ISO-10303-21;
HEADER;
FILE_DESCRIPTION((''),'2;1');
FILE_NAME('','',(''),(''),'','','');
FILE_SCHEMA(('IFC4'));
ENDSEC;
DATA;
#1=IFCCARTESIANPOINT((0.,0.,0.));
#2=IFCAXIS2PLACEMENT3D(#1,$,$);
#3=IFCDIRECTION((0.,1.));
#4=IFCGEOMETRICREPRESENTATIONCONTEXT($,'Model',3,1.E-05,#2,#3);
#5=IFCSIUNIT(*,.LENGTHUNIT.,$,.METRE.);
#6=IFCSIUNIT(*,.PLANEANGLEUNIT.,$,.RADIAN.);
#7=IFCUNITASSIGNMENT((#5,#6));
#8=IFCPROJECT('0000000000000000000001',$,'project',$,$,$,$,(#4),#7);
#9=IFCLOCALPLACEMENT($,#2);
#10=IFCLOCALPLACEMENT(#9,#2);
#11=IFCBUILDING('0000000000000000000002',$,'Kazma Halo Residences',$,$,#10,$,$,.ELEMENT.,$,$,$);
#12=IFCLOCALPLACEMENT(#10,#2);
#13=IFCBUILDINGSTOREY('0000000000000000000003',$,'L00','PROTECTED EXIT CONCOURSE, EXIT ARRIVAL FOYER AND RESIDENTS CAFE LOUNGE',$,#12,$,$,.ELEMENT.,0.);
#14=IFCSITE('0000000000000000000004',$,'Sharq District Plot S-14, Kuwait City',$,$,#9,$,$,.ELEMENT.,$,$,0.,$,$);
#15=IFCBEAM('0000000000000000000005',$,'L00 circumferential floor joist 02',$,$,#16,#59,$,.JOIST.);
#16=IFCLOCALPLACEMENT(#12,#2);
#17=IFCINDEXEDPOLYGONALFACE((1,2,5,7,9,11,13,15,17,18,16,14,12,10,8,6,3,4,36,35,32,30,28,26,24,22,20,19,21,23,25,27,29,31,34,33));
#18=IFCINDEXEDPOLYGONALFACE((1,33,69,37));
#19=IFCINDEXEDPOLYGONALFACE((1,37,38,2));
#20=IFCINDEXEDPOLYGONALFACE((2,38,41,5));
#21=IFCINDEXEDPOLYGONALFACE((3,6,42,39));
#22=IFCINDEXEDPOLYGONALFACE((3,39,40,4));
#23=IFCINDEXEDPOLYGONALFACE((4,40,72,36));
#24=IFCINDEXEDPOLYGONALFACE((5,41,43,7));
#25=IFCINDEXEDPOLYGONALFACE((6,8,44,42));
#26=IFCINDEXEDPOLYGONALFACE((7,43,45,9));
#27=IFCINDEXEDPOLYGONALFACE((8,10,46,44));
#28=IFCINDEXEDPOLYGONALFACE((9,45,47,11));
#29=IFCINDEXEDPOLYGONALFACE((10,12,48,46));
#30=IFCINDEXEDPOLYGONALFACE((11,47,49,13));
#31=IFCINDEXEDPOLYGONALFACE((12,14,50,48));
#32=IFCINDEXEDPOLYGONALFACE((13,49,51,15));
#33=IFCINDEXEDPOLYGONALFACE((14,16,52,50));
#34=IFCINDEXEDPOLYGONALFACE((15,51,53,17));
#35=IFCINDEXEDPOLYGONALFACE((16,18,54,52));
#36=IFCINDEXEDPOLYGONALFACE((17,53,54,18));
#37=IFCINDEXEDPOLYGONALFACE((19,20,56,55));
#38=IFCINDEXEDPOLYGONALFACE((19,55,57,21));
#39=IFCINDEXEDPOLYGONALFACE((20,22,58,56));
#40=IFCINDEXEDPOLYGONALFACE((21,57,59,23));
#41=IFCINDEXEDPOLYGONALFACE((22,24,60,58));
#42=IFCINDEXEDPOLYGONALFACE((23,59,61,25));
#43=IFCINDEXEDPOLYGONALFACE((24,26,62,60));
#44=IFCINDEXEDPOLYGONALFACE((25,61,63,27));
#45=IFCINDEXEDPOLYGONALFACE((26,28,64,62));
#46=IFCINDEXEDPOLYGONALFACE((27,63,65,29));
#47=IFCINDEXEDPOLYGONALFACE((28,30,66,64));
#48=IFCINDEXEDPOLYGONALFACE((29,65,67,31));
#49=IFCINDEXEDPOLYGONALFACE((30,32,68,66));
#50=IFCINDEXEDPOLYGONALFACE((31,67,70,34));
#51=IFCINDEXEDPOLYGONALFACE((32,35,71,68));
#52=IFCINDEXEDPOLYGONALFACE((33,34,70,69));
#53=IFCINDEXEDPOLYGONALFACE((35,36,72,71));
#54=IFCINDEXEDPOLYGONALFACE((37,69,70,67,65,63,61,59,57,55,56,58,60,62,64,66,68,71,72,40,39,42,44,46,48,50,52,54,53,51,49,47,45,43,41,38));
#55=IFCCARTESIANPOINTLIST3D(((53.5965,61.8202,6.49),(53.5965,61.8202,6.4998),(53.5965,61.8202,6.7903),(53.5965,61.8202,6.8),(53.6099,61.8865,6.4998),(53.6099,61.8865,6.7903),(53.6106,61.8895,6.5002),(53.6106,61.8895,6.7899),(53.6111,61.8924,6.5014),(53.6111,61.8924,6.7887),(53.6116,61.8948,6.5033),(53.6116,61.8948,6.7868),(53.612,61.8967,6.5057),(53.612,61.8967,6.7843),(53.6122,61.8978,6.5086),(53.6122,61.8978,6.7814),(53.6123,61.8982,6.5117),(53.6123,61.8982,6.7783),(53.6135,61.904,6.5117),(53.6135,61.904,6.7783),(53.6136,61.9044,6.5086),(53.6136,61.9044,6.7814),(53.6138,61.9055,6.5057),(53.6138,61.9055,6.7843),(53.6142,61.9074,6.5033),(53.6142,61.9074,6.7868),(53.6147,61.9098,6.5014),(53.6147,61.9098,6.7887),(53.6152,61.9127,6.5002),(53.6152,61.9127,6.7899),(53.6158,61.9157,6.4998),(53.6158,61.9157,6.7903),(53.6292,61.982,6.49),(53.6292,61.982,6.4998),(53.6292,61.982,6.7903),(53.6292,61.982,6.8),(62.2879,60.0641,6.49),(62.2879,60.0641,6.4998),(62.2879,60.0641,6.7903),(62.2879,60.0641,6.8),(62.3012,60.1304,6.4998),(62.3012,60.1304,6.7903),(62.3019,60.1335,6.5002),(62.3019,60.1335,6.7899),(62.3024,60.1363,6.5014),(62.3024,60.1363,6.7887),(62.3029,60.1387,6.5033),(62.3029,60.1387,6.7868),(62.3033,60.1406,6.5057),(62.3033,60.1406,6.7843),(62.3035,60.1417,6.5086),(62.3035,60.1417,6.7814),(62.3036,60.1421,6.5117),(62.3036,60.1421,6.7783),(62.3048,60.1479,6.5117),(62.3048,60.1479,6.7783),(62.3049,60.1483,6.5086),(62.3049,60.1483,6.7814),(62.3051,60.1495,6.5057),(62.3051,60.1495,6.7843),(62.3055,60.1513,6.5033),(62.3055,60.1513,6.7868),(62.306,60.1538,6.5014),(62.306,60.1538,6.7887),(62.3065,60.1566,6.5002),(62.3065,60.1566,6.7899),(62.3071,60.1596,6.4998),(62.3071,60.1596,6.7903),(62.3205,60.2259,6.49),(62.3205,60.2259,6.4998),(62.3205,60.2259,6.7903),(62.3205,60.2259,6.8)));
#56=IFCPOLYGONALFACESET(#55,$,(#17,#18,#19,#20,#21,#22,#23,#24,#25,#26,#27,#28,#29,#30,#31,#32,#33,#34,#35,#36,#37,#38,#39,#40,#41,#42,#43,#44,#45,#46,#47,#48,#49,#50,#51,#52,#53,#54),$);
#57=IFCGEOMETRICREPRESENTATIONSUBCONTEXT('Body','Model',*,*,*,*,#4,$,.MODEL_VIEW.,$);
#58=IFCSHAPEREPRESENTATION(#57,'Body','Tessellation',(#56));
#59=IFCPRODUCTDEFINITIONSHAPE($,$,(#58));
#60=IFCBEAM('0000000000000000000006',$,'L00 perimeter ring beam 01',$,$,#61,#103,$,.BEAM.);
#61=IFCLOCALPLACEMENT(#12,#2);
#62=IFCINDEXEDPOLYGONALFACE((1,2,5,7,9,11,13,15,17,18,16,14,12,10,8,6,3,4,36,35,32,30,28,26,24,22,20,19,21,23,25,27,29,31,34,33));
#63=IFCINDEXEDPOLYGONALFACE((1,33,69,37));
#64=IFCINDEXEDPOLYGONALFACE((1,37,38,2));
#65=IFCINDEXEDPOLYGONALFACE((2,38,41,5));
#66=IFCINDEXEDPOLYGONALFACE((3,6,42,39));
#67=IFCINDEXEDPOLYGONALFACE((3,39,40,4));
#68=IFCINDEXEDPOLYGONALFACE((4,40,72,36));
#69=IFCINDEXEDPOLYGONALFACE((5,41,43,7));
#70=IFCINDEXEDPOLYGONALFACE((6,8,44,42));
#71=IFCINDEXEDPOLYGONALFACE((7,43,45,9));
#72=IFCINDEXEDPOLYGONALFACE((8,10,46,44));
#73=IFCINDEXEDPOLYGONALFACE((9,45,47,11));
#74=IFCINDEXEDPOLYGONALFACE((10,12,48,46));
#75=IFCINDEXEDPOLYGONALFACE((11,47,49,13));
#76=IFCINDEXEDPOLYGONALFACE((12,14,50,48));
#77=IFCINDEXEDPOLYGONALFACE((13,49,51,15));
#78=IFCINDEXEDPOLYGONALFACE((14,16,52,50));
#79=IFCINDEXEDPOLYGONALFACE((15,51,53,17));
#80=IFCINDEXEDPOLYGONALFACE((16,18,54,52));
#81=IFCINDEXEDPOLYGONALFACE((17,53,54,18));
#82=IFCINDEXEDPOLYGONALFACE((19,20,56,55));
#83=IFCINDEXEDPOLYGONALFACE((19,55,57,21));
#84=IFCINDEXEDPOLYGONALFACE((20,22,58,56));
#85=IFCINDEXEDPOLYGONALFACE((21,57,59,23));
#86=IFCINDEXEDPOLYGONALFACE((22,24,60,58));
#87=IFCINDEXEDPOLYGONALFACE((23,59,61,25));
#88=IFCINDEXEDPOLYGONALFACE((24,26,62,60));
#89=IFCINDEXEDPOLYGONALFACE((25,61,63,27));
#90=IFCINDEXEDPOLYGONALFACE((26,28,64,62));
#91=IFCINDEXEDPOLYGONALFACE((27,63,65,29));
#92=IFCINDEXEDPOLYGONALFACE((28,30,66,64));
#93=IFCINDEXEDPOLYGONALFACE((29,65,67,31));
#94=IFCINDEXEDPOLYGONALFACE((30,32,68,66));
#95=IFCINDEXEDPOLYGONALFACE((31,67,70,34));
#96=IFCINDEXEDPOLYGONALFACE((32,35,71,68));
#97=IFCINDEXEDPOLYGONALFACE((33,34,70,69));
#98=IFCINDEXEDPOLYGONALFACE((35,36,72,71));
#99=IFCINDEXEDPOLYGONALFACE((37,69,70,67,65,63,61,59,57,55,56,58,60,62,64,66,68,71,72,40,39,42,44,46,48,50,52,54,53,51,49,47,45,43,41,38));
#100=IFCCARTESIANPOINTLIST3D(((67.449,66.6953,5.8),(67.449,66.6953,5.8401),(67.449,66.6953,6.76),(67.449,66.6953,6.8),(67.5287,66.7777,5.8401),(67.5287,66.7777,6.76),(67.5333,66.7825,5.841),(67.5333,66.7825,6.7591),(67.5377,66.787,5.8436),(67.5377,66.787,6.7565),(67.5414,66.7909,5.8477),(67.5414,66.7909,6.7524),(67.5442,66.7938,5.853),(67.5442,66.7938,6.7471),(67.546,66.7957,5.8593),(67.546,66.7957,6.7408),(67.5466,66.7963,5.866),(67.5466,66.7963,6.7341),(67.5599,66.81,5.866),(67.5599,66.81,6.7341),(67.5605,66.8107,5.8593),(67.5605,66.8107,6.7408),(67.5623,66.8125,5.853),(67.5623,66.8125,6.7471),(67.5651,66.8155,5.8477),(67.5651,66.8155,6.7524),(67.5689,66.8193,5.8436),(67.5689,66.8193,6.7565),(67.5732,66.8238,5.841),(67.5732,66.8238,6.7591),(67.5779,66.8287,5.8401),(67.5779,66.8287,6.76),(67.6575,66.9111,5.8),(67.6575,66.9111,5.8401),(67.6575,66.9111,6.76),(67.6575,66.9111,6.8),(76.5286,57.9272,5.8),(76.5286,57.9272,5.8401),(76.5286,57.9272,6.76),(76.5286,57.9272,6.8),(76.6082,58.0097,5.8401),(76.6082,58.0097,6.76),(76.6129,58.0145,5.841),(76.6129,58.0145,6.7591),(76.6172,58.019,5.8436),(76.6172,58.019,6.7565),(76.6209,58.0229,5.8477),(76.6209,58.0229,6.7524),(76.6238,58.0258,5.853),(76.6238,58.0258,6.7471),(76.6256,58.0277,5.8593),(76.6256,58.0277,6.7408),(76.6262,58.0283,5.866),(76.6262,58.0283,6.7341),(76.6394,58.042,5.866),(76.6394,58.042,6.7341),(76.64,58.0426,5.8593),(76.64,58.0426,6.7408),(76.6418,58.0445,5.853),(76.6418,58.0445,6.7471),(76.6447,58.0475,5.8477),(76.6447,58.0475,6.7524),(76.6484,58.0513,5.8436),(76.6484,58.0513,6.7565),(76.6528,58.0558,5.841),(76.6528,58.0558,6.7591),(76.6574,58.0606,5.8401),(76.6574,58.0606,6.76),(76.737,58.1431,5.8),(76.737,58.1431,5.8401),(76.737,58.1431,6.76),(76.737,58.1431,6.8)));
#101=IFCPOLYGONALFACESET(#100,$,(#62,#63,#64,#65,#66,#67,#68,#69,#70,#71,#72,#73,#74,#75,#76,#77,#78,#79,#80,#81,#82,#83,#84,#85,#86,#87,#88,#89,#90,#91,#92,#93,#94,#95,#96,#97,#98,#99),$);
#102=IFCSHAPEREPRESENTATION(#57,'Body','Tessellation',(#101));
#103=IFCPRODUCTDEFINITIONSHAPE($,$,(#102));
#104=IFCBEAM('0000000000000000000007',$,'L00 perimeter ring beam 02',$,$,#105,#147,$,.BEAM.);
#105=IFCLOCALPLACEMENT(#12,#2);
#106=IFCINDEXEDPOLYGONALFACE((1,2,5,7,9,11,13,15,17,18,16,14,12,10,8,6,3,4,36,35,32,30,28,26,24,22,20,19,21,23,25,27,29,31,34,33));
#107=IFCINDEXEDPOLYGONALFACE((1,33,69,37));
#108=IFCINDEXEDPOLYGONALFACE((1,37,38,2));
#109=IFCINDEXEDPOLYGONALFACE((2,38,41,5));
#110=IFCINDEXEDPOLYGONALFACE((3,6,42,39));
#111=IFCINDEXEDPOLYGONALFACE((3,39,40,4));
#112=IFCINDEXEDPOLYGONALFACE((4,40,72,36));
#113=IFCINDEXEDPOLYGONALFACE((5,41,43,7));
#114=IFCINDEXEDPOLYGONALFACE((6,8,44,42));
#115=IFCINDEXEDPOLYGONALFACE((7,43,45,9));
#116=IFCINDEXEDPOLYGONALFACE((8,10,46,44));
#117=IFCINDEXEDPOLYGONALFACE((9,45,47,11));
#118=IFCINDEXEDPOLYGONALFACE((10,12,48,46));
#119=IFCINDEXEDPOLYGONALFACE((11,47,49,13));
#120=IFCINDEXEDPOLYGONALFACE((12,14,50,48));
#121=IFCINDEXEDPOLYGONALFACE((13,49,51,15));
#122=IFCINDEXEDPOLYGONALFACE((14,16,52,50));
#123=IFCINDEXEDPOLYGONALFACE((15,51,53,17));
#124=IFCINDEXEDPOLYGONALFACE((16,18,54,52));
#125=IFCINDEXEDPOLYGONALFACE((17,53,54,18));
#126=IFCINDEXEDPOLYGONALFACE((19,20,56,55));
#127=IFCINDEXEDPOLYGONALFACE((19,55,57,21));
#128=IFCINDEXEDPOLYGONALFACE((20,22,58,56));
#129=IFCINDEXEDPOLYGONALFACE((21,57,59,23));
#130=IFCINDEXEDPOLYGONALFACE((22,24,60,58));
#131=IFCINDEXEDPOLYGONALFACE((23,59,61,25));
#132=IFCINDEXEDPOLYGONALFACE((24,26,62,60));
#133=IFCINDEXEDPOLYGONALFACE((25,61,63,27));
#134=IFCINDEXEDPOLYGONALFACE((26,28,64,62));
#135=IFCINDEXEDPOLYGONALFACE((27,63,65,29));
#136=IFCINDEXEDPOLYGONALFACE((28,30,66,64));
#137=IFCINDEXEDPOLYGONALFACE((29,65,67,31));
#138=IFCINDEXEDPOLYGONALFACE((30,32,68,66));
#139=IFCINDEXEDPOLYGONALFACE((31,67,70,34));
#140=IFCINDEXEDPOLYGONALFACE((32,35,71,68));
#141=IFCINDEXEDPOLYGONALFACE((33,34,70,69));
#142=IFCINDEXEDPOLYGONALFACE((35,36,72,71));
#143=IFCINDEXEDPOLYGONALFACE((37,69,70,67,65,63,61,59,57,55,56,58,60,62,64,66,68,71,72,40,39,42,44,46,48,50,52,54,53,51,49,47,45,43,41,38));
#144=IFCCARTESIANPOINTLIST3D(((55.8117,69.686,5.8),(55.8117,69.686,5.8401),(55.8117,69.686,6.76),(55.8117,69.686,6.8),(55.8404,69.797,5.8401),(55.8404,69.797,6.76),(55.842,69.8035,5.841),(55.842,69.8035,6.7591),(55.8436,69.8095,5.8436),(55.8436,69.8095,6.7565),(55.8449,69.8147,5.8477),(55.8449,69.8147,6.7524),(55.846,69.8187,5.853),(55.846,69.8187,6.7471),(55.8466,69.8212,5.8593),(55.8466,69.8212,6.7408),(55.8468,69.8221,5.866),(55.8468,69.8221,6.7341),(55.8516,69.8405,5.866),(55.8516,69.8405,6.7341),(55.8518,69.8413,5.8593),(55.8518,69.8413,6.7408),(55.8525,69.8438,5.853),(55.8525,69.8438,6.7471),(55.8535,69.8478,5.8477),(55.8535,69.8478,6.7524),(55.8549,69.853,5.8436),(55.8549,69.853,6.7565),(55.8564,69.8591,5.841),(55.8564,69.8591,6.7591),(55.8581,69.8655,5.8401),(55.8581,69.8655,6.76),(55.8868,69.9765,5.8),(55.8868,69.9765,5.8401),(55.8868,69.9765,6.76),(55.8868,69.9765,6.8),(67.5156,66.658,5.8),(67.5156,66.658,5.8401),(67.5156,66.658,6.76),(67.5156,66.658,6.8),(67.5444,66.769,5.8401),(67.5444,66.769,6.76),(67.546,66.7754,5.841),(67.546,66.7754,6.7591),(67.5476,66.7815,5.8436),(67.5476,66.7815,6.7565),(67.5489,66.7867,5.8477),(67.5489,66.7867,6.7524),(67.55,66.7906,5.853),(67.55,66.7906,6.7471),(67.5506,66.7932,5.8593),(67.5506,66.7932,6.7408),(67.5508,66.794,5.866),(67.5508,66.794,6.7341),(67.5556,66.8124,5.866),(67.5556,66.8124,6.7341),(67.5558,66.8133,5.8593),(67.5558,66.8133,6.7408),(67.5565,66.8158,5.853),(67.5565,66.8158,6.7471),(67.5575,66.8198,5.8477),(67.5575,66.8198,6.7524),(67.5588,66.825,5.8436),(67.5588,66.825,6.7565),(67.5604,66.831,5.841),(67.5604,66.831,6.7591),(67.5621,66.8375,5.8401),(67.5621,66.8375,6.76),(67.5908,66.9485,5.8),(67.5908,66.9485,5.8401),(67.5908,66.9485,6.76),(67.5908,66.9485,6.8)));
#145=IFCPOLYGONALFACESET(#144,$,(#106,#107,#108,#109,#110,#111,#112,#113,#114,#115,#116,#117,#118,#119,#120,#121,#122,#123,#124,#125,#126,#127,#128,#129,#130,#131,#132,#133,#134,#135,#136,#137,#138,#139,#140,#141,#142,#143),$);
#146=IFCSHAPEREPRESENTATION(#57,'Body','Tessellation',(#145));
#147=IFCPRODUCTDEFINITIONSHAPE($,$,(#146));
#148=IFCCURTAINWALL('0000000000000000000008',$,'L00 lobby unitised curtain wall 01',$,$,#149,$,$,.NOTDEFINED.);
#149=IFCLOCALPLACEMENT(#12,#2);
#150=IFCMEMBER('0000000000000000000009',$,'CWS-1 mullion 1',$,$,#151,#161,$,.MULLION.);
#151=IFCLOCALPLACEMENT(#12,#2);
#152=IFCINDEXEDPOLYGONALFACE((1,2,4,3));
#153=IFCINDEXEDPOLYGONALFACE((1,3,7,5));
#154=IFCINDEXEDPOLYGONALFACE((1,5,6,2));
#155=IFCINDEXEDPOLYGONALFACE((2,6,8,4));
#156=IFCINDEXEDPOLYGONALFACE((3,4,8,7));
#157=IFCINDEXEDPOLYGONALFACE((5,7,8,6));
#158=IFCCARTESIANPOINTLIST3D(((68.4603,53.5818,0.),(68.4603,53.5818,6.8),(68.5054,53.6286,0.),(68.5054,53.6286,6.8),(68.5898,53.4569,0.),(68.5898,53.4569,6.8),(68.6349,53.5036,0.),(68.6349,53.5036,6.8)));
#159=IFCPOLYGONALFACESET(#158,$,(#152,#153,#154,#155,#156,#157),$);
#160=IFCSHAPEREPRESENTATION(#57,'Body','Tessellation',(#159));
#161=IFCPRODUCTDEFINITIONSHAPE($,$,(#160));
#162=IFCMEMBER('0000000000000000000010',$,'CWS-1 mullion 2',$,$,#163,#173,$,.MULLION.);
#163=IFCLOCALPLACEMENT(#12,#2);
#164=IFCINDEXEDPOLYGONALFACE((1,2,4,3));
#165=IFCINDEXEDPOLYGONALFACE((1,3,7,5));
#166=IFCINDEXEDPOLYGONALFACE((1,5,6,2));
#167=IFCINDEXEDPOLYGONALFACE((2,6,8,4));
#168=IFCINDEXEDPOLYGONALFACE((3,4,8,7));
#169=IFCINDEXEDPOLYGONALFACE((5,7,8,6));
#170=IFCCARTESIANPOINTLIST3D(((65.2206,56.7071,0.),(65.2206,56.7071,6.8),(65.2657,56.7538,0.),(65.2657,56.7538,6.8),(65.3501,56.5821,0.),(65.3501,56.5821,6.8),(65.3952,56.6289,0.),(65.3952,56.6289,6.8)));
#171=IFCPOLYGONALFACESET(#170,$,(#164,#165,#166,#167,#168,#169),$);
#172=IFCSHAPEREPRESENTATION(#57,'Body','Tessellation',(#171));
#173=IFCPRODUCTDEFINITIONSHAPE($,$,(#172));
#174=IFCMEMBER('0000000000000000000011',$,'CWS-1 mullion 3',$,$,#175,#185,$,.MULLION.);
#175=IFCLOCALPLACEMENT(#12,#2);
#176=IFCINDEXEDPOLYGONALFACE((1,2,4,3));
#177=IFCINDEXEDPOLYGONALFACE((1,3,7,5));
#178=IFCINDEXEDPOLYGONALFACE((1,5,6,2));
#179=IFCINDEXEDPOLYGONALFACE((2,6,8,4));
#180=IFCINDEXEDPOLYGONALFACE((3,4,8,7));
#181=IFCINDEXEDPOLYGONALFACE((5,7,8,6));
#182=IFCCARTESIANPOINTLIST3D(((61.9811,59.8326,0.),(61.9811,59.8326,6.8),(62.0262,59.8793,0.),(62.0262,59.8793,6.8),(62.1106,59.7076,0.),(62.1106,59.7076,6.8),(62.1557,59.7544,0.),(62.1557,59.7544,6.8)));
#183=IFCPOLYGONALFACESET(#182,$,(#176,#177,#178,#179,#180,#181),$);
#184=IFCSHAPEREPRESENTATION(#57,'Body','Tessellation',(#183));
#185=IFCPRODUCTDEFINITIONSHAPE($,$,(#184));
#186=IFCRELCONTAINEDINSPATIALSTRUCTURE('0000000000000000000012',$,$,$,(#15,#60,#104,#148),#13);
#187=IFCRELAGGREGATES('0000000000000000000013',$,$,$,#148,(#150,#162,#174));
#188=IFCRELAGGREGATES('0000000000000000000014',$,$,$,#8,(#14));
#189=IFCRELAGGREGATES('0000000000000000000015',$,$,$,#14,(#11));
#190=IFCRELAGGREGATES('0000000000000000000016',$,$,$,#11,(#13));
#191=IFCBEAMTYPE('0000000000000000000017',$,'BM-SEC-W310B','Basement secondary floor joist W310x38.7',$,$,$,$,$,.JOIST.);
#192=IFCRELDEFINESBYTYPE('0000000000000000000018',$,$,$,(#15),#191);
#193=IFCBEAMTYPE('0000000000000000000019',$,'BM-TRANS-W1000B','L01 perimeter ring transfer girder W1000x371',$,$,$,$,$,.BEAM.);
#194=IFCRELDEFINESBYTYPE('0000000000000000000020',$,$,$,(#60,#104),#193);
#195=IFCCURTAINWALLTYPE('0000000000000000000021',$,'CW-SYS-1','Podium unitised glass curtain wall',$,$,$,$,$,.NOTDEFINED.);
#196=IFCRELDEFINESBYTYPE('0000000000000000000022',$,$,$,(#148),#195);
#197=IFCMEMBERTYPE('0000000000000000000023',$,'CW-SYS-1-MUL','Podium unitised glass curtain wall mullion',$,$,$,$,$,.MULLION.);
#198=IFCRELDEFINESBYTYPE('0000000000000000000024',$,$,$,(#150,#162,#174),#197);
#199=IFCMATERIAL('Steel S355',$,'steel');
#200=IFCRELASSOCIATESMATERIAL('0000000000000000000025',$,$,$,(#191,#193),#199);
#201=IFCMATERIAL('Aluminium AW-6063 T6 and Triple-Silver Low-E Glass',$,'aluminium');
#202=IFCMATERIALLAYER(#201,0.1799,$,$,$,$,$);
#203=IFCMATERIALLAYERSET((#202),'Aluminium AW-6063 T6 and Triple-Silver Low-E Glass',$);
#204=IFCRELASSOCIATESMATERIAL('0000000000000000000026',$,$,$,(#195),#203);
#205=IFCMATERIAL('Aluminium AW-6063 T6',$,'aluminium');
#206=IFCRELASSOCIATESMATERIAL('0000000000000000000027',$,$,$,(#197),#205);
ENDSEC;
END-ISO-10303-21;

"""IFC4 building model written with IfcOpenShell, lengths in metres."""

from ifc_helpers import new_model, si_unit, direction, frame, origin, origin_2d, place, context, subcontext, project, spatial, rectangle, i_section, extrude, material, layer, layer_set, material_profile, profile_set, type_object, element, aggregate, save


model = new_model("IFC4")

# Units and contexts
model_context = context("Model", 3, precision=1e-05, world=origin(), true_north=direction((0.0, 1.0)))
body_context = subcontext(model_context, "Body", "Model", "MODEL_VIEW")
ifc_project = project(units=[si_unit("LENGTHUNIT", "METRE"), si_unit("PLANEANGLEUNIT", "RADIAN")], contexts=[model_context])

# Site, building, storey
site_placement = place(None, origin())
site = spatial("IfcSite", under=ifc_project, at=site_placement, Name="Sharq District Plot S-14, Kuwait City", CompositionType="ELEMENT", RefElevation=0.0)
building_placement = place(site_placement, origin())
building = spatial("IfcBuilding", under=site, at=building_placement, Name="Kazma Halo Residences", CompositionType="ELEMENT")
storey_placement = place(building_placement, origin())
storey = spatial("IfcBuildingStorey", under=building, at=storey_placement, Name="L00", Description="PROTECTED EXIT CONCOURSE, EXIT ARRIVAL FOYER AND RESIDENTS CAFE LOUNGE", CompositionType="ELEMENT", Elevation=0.0)

# Beams
ifc_material_1 = material(Name="Steel S355", Category="steel")
ifc_material_profile_1 = material_profile(ifc_material_1, i_section(OverallWidth=0.165, OverallDepth=0.3101, WebThickness=0.0059, FlangeThickness=0.0098, FilletRadius=0.012, at=origin_2d()), Name="W310x38.7")
ifc_profile_set_1 = profile_set([ifc_material_profile_1], Name="Steel S355")
beam_type_1 = type_object("IfcBeamType", Name="BM-SEC-W310B", Description="Basement secondary floor joist W310x38.7", PredefinedType="JOIST", material=ifc_profile_set_1)
beam_1_placement = place(storey_placement, frame((62.3042, 60.145, 6.645), z_axis=(-0.980192, 0.198048, 0.0), x_axis=(-0.198048, -0.980192, 0.0)))
element("IfcBeam", 1, at=beam_1_placement, inside=storey, type_object=beam_type_1, Name="L00 circumferential floor joist 02", PredefinedType="JOIST", context=body_context, shape_type="SweptSolid", body=[
    extrude(i_section(OverallWidth=0.165, OverallDepth=0.3101, WebThickness=0.0059, FlangeThickness=0.0098, FilletRadius=0.012, at=origin_2d()), origin(), (0.0, 0.0, 1.0), 8.8669),
])
ifc_material_profile_2 = material_profile(ifc_material_1, i_section(OverallWidth=0.3, OverallDepth=1.0, WebThickness=0.019, FlangeThickness=0.04, FilletRadius=0.0259, at=origin_2d()), Name="W1000x371")
ifc_profile_set_2 = profile_set([ifc_material_profile_2], Name="Steel S355")
beam_type_2 = type_object("IfcBeamType", Name="BM-TRANS-W1000B", Description="L01 perimeter ring transfer girder W1000x371", PredefinedType="BEAM", material=ifc_profile_set_2)
beam_2_placement = place(storey_placement, frame((76.6328, 58.0352, 6.3), z_axis=(-0.719339, 0.694659, 0.0), x_axis=(-0.694659, -0.719339, 0.0)))
element("IfcBeam", 2, at=beam_2_placement, inside=storey, type_object=beam_type_2, Name="L00 perimeter ring beam 01", PredefinedType="BEAM", context=body_context, shape_type="SweptSolid", body=[
    extrude(i_section(OverallWidth=0.3, OverallDepth=1.0, WebThickness=0.019, FlangeThickness=0.04, FilletRadius=0.0259, at=origin_2d()), origin(), (0.0, 0.0, 1.0), 12.6221),
])
beam_3_placement = place(storey_placement, frame((67.5532, 66.8032, 6.3), z_axis=(-0.968124, 0.250472, 0.0), x_axis=(-0.250472, -0.968124, 0.0)))
element("IfcBeam", 3, at=beam_3_placement, inside=storey, type_object=beam_type_2, Name="L00 perimeter ring beam 02", PredefinedType="BEAM", context=body_context, shape_type="SweptSolid", body=[
    extrude(i_section(OverallWidth=0.3, OverallDepth=1.0, WebThickness=0.019, FlangeThickness=0.04, FilletRadius=0.0259, at=origin_2d()), origin(), (0.0, 0.0, 1.0), 12.0894),
])

# Curtain wall, members
ifc_material_2 = material(Name="Aluminium AW-6063 T6 and Triple-Silver Low-E Glass", Category="aluminium")
ifc_layer_1 = layer(ifc_material_2, 0.1799)
ifc_layer_set_1 = layer_set([ifc_layer_1], Name="Aluminium AW-6063 T6 and Triple-Silver Low-E Glass")
curtain_wall_type = type_object("IfcCurtainWallType", Name="CW-SYS-1", Description="Podium unitised glass curtain wall", PredefinedType="NOTDEFINED", material=ifc_layer_set_1)
curtain_wall_1_placement = place(storey_placement, origin())
curtain_wall_1 = element("IfcCurtainWall", 4, at=curtain_wall_1_placement, inside=storey, type_object=curtain_wall_type, Name="L00 lobby unitised curtain wall 01", PredefinedType="NOTDEFINED")
ifc_material_3 = material(Name="Aluminium AW-6063 T6", Category="aluminium")
ifc_material_profile_3 = material_profile(ifc_material_3, rectangle(XDim=0.0649, YDim=0.1799, at=origin_2d()), Name="CWM-65x180")
ifc_profile_set_3 = profile_set([ifc_material_profile_3], Name="Aluminium AW-6063 T6")
member_type_1 = type_object("IfcMemberType", Name="CW-SYS-1-MUL", Description="Podium unitised glass curtain wall mullion", PredefinedType="MULLION", material=ifc_profile_set_3)
member_1_placement = place(storey_placement, frame((68.5476, 53.5427, 0.0), z_axis=(0.0, 0.0, 1.0), x_axis=(-0.694294, -0.719692, 0.0)))
member_1 = element("IfcMember", 5, at=member_1_placement, type_object=member_type_1, Name="CWS-1 mullion 1", PredefinedType="MULLION", context=body_context, shape_type="SweptSolid", body=[
    extrude(rectangle(XDim=0.0649, YDim=0.1799, at=origin_2d()), origin(), (0.0, 0.0, 1.0), 6.8),
])
member_2_placement = place(storey_placement, frame((65.3079, 56.668, 0.0), z_axis=(0.0, 0.0, 1.0), x_axis=(-0.694294, -0.719692, 0.0)))
member_2 = element("IfcMember", 6, at=member_2_placement, type_object=member_type_1, Name="CWS-1 mullion 2", PredefinedType="MULLION", context=body_context, shape_type="SweptSolid", body=[
    extrude(rectangle(XDim=0.0649, YDim=0.1799, at=origin_2d()), origin(), (0.0, 0.0, 1.0), 6.8),
])
member_3_placement = place(storey_placement, frame((62.0684, 59.7935, 0.0), z_axis=(0.0, 0.0, 1.0), x_axis=(-0.694294, -0.719692, 0.0)))
member_3 = element("IfcMember", 7, at=member_3_placement, type_object=member_type_1, Name="CWS-1 mullion 3", PredefinedType="MULLION", context=body_context, shape_type="SweptSolid", body=[
    extrude(rectangle(XDim=0.0649, YDim=0.1799, at=origin_2d()), origin(), (0.0, 0.0, 1.0), 6.8),
])

aggregate(curtain_wall_1, [member_1, member_2, member_3])

save(model, "model.ifc")
